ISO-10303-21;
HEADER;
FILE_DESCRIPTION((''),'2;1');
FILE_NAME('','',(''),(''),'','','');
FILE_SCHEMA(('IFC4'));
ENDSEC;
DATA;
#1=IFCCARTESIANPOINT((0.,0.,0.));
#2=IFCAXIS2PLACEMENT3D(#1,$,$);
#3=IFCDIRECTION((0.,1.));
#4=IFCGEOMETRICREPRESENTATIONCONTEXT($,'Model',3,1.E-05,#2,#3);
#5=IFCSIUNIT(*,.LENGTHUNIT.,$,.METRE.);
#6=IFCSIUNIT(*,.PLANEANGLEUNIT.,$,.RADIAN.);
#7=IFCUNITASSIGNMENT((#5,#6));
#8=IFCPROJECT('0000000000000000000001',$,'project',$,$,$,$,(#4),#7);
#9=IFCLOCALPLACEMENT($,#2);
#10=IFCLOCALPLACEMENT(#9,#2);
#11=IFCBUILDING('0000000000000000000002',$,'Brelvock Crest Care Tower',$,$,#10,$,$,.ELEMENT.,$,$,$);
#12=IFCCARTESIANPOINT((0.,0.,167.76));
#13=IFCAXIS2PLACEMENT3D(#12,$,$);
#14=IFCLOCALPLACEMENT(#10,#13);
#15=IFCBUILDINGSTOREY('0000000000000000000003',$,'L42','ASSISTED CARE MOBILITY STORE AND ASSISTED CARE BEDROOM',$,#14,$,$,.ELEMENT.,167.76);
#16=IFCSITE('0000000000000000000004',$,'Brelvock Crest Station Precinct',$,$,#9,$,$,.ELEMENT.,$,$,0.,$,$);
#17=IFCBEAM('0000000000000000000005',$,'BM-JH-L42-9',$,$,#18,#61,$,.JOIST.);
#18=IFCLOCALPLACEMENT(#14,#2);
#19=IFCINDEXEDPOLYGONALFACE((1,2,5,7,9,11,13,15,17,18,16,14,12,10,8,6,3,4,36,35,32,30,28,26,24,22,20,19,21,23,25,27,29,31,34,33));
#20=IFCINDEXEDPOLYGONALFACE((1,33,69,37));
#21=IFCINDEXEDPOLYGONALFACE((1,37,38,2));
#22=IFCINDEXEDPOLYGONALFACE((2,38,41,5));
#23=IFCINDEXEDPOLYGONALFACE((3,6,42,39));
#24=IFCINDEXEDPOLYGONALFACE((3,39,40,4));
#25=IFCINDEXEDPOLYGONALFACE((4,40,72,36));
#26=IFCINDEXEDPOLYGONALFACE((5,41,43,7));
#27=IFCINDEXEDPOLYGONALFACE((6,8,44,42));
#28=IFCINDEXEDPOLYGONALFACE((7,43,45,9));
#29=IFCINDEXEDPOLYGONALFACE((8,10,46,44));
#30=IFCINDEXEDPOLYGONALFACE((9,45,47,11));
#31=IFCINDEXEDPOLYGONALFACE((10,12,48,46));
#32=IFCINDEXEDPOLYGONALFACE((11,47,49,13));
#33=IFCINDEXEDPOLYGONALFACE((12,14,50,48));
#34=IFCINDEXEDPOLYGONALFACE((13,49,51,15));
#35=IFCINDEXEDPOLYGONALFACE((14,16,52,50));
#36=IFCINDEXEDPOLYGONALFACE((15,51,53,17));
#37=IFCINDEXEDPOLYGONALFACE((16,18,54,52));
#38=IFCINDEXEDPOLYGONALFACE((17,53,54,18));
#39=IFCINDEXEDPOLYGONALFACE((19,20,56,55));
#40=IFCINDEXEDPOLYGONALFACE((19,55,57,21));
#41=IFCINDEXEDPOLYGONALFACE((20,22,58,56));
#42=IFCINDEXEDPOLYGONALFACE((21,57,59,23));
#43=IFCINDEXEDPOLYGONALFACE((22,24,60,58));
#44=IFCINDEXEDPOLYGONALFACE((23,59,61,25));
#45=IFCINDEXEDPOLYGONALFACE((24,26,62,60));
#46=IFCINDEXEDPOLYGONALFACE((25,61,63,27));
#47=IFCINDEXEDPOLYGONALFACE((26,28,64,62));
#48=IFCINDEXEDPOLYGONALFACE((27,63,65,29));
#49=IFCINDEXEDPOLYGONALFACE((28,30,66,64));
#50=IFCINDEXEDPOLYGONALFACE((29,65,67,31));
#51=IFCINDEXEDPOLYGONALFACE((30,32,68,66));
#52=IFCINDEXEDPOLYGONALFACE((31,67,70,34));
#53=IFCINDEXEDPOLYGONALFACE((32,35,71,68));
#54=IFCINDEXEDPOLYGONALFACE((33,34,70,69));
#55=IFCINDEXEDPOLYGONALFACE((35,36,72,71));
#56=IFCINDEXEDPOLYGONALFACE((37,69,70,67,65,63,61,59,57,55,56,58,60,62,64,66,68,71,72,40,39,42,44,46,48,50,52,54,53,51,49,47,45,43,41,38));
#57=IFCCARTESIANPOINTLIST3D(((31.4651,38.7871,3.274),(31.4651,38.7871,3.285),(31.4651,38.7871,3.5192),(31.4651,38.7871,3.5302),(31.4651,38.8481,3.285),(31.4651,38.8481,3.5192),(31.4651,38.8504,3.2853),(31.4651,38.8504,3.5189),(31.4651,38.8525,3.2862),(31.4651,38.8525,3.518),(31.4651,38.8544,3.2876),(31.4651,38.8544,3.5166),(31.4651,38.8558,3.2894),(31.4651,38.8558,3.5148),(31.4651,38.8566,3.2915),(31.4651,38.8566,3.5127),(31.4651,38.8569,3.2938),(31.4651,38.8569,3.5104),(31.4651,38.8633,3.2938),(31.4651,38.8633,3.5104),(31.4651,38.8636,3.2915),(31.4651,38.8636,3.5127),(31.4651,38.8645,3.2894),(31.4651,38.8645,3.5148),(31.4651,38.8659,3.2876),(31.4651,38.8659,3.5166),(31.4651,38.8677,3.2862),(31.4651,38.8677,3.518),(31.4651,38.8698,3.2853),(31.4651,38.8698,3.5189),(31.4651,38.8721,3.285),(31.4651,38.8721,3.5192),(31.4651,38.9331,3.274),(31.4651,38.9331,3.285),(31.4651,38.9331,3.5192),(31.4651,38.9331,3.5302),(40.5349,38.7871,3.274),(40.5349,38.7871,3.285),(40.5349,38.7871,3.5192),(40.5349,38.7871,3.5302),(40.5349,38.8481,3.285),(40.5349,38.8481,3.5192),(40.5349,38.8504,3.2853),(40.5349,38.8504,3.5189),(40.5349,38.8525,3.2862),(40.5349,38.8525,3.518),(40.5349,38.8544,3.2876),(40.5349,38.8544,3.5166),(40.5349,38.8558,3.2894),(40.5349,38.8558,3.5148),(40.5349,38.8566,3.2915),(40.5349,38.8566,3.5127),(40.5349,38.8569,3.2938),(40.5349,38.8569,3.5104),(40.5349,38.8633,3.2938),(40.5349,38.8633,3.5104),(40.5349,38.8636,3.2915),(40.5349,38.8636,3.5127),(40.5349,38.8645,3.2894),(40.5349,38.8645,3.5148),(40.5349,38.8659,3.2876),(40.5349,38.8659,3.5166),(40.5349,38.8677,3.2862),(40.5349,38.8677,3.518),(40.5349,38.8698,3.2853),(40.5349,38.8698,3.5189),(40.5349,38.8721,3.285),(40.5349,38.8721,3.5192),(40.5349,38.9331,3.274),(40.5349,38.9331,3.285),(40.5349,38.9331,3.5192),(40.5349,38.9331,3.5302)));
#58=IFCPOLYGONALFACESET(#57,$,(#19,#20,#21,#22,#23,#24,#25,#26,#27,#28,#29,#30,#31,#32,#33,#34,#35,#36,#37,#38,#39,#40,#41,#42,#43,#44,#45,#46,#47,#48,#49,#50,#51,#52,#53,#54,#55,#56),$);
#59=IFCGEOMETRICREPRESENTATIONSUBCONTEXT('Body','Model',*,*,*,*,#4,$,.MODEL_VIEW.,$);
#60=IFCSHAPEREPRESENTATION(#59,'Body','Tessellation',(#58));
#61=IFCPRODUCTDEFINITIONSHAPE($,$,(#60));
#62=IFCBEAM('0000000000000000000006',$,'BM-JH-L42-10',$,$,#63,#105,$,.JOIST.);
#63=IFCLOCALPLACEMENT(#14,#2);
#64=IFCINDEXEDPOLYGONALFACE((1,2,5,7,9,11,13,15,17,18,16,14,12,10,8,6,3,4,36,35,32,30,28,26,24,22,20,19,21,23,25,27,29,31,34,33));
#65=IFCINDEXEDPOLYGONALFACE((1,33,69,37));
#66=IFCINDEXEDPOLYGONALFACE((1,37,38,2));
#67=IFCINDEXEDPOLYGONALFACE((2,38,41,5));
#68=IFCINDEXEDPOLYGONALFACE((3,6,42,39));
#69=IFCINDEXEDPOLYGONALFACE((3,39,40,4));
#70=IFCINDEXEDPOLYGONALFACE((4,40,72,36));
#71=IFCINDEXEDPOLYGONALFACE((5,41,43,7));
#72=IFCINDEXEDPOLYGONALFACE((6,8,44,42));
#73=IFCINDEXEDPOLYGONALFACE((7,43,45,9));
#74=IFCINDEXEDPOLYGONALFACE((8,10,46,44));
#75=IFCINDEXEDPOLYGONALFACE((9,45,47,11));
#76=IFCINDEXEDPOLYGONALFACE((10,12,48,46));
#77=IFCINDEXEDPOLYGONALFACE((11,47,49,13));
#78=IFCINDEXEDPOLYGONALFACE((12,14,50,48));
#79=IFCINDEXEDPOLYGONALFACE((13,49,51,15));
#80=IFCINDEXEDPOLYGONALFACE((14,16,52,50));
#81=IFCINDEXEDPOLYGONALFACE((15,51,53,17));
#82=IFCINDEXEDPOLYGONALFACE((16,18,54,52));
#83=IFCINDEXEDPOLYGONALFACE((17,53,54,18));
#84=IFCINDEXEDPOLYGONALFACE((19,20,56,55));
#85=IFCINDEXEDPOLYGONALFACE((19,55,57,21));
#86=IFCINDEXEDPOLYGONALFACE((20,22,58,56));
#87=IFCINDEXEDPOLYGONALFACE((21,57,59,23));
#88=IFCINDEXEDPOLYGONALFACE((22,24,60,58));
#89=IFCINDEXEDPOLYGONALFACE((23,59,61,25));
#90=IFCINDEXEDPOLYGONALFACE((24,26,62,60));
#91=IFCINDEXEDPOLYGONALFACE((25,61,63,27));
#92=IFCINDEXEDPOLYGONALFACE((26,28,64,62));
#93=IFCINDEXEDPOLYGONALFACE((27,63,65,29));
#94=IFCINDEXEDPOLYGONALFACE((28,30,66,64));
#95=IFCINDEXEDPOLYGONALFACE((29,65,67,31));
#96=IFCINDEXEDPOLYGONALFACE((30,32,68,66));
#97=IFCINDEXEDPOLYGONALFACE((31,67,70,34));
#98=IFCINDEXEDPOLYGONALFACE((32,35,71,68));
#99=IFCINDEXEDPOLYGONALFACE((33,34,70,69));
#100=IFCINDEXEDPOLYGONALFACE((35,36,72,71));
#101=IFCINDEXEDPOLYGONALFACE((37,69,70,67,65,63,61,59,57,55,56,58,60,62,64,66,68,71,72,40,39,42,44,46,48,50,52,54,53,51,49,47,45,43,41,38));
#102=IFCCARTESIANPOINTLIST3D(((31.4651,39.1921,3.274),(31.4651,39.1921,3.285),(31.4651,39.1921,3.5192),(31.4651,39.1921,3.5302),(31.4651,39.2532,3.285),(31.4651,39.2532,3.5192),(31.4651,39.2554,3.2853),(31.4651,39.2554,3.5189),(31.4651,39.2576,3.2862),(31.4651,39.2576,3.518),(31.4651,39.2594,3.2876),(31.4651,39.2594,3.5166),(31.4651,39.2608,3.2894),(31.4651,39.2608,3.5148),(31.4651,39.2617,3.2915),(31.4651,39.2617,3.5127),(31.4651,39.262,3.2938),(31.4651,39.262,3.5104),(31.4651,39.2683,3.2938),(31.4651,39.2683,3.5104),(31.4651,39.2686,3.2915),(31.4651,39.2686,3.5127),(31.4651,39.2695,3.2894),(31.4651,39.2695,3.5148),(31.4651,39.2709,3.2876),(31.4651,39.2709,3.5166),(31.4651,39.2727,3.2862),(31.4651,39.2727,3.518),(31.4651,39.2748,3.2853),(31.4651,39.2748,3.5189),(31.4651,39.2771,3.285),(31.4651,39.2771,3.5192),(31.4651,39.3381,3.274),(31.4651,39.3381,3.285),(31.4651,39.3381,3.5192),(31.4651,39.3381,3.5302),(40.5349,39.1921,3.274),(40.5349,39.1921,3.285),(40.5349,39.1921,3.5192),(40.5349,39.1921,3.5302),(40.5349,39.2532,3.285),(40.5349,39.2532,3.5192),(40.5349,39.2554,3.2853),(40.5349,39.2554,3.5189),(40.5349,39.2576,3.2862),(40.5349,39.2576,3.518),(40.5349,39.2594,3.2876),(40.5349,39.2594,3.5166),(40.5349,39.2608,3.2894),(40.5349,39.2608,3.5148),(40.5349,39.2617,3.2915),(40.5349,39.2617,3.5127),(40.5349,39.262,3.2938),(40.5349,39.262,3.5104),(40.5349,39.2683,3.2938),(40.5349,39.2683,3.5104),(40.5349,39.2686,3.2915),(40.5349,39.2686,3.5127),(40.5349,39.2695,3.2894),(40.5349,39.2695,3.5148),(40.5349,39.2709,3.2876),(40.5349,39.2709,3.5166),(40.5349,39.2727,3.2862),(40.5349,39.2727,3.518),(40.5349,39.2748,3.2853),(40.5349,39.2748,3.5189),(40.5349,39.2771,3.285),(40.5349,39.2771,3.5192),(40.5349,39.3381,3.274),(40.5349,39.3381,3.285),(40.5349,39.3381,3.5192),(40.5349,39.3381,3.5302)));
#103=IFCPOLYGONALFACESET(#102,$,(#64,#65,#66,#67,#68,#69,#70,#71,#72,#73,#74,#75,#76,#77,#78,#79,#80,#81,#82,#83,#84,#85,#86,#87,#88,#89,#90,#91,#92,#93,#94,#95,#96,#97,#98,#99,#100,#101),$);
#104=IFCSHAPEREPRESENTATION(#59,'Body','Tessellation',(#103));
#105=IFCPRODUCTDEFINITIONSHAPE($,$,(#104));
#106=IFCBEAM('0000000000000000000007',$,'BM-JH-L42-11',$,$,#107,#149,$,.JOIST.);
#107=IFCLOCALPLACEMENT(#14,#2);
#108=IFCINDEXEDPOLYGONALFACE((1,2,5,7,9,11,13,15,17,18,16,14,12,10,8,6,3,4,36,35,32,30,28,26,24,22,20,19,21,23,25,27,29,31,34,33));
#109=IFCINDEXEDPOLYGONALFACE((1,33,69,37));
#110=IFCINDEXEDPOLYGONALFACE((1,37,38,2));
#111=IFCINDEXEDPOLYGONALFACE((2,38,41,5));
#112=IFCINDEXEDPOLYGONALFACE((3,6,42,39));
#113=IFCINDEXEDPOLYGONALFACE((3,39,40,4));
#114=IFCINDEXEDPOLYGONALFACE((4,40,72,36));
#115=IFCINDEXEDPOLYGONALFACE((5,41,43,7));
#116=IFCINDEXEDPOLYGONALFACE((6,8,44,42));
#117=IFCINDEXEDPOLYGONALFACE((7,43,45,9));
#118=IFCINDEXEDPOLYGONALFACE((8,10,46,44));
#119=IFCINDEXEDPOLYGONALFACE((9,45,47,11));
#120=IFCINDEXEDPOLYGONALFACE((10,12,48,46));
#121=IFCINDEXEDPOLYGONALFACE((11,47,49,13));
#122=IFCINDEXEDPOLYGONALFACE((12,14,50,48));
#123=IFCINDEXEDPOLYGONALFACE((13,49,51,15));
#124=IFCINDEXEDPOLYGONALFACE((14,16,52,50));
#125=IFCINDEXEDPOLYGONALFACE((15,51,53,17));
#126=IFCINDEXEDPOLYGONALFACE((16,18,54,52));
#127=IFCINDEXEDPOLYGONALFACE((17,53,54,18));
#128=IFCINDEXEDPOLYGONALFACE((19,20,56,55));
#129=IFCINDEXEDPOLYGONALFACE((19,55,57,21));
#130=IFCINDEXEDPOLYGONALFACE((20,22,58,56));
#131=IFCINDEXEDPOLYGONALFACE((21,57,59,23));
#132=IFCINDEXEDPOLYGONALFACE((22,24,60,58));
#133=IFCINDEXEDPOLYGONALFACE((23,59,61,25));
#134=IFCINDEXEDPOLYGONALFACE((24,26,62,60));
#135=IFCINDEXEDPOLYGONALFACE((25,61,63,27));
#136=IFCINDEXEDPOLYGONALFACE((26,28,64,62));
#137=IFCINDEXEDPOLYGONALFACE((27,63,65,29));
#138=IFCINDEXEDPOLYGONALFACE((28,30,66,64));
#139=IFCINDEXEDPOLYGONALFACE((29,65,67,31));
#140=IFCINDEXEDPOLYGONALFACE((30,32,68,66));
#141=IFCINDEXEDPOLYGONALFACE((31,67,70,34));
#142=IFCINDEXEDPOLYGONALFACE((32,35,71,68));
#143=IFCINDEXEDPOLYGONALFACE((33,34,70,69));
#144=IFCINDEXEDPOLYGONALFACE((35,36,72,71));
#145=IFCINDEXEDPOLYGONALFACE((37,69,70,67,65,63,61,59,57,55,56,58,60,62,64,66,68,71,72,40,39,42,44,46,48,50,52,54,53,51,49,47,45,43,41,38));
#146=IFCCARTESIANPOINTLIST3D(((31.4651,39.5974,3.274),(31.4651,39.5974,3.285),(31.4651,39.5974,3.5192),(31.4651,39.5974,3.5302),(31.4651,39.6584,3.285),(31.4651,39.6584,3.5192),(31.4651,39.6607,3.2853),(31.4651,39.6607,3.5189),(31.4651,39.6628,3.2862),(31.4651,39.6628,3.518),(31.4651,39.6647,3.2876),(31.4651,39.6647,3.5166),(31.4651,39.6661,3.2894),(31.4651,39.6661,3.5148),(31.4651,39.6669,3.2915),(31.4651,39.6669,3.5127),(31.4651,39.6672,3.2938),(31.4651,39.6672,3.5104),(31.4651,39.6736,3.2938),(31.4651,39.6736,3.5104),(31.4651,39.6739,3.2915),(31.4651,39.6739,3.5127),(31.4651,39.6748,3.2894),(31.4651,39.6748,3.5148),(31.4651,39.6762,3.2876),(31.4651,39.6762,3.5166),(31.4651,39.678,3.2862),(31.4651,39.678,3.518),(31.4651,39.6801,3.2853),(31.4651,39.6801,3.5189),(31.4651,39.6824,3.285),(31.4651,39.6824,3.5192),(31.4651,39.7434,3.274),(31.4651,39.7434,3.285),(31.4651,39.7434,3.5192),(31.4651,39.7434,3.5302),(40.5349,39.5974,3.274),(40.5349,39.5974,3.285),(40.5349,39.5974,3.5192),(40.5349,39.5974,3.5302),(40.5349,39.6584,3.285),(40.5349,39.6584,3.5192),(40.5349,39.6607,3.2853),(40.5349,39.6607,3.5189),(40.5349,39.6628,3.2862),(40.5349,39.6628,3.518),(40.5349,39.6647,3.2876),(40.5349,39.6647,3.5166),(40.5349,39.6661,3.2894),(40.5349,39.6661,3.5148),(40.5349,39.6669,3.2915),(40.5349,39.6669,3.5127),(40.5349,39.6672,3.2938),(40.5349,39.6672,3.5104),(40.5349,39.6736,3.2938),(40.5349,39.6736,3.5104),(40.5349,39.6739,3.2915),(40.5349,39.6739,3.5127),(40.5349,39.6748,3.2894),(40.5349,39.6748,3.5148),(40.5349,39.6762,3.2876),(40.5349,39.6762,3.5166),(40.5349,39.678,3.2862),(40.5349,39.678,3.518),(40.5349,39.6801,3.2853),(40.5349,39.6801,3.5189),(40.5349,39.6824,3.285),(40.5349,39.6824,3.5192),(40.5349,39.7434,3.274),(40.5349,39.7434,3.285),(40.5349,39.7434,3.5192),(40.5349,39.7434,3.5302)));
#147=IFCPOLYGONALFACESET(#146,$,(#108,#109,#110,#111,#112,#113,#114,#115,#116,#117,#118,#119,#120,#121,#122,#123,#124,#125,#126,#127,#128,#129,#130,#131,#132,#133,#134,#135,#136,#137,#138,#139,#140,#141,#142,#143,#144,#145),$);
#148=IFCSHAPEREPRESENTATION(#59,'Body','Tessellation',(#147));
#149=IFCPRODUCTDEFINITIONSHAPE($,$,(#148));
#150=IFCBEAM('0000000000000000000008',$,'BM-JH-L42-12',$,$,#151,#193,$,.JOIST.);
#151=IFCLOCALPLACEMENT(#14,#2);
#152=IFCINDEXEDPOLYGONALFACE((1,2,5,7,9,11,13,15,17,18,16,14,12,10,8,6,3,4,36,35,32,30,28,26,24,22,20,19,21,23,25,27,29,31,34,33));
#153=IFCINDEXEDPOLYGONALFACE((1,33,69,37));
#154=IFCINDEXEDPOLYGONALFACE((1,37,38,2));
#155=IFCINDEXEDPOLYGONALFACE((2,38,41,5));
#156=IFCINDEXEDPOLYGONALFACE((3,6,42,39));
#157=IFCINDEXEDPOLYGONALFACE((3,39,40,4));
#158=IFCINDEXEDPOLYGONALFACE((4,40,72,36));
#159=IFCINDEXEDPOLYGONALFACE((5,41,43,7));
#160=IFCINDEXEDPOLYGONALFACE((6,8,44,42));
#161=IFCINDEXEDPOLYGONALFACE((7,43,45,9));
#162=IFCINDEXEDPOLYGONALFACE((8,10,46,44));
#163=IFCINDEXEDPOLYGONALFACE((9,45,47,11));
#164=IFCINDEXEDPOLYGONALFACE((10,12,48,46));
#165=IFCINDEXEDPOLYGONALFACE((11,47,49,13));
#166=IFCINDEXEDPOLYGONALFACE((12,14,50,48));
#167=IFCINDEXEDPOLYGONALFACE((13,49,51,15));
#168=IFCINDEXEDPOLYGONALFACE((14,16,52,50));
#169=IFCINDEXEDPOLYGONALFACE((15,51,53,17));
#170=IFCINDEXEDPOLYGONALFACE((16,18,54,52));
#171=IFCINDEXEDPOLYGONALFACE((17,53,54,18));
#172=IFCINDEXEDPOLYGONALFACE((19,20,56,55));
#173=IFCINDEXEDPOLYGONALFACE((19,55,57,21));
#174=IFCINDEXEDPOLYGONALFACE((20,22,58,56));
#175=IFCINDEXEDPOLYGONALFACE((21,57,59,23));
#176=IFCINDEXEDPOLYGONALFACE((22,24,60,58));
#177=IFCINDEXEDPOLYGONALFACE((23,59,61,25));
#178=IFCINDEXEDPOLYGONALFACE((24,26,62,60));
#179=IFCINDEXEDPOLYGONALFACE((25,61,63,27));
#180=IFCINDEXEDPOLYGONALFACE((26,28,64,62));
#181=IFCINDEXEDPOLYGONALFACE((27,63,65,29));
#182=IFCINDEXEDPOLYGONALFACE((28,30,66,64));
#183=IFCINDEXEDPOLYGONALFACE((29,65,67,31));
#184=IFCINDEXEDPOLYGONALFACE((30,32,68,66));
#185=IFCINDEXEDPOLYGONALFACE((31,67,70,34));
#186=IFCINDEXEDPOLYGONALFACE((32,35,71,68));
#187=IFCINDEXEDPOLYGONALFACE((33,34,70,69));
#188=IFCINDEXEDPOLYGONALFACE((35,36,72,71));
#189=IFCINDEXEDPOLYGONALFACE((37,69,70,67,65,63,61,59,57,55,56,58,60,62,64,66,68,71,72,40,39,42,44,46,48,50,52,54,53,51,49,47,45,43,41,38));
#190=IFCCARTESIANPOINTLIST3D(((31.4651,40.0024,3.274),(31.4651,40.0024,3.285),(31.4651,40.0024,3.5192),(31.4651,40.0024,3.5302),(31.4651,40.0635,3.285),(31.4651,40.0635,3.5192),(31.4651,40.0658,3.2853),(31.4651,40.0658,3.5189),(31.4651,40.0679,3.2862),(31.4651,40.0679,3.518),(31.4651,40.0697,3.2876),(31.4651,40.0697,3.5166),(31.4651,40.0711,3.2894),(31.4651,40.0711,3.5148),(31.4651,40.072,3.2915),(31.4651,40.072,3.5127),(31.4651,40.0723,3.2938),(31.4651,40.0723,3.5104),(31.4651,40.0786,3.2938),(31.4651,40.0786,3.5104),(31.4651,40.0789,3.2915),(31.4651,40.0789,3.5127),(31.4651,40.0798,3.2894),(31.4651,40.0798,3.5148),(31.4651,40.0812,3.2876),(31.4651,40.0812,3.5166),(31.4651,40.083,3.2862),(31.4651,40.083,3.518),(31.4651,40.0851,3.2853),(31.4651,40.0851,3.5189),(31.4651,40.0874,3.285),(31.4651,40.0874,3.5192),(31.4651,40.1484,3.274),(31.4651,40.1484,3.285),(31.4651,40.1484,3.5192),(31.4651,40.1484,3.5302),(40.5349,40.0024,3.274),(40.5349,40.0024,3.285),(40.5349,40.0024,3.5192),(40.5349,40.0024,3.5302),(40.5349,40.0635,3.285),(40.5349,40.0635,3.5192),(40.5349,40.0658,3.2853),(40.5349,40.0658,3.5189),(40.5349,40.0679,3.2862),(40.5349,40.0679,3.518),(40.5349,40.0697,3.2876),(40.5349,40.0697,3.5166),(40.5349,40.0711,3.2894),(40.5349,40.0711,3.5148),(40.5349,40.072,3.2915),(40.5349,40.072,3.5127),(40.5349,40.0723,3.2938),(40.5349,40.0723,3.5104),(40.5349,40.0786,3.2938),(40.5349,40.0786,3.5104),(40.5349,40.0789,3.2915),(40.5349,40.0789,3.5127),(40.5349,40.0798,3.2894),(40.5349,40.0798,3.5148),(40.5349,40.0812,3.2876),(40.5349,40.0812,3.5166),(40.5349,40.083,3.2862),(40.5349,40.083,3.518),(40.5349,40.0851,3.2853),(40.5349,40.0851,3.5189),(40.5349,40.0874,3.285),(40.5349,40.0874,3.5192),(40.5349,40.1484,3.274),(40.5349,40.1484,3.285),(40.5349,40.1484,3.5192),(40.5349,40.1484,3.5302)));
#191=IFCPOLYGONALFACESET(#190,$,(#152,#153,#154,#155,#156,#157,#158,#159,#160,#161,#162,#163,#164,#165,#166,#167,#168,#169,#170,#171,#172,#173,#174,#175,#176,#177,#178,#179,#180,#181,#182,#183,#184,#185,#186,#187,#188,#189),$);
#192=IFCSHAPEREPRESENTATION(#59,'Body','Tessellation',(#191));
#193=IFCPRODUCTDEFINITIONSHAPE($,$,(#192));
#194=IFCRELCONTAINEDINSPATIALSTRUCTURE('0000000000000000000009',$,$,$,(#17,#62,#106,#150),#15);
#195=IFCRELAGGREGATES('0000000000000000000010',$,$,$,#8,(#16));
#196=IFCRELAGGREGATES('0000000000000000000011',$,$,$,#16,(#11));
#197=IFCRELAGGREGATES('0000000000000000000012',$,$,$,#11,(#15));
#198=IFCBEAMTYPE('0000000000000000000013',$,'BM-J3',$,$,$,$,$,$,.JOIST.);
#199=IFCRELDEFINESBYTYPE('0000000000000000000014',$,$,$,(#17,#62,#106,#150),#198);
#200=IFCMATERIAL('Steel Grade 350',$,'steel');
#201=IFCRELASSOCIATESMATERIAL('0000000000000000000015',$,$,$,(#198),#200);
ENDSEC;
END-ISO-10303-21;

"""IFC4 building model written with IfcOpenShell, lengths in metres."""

from ifc_helpers import new_model, si_unit, direction, frame, origin, origin_2d, place, context, subcontext, project, spatial, i_section, extrude, source, transform, mapped, material, material_profile, profile_set, type_object, element, save


model = new_model("IFC4")

# Units and contexts
model_context = context("Model", 3, precision=1e-05, world=origin(), true_north=direction((0.0, 1.0)))
body_context = subcontext(model_context, "Body", "Model", "MODEL_VIEW")
ifc_project = project(units=[si_unit("LENGTHUNIT", "METRE"), si_unit("PLANEANGLEUNIT", "RADIAN")], contexts=[model_context])

# Site, building, storey
site_placement = place(None, origin())
site = spatial("IfcSite", under=ifc_project, at=site_placement, Name="Brelvock Crest Station Precinct", CompositionType="ELEMENT", RefElevation=0.0)
building_placement = place(site_placement, origin())
building = spatial("IfcBuilding", under=site, at=building_placement, Name="Brelvock Crest Care Tower", CompositionType="ELEMENT")
storey_placement = place(building_placement, frame((0.0, 0.0, 167.76)))
storey = spatial("IfcBuildingStorey", under=building, at=storey_placement, Name="L42", Description="ASSISTED CARE MOBILITY STORE AND ASSISTED CARE BEDROOM", CompositionType="ELEMENT", Elevation=167.76)

# Beams
ifc_material_1 = material(Name="Steel Grade 350", Category="steel")
ifc_material_profile_1 = material_profile(ifc_material_1, i_section(OverallWidth=0.146, OverallDepth=0.2561, WebThickness=0.0063, FlangeThickness=0.011, FilletRadius=0.0088, at=origin_2d()), Name="250UB37.3")
ifc_profile_set_1 = profile_set([ifc_material_profile_1], Name="Steel Grade 350")
beam_type_1 = type_object("IfcBeamType", Name="BM-J3", PredefinedType="JOIST", material=ifc_profile_set_1)
shared_shape_1 = source(origin(), body_context, "Body", "SweptSolid", [
    extrude(i_section(OverallWidth=0.146, OverallDepth=0.2561, WebThickness=0.0063, FlangeThickness=0.011, FilletRadius=0.0088, at=origin_2d()), origin(), (0.0, 0.0, 1.0), 9.0698),
])
for number, where, z_axis, x_axis, name in (
    (1, (31.4651, 38.8601, 3.4021), (1.0, 0.0, 0.0), (0.0, 1.0, 0.0), "BM-JH-L42-9"),
    (2, (31.4651, 39.2651, 3.4021), (1.0, 0.0, 0.0), (0.0, 1.0, 0.0), "BM-JH-L42-10"),
    (3, (31.4651, 39.6704, 3.4021), (1.0, 0.0, 0.0), (0.0, 1.0, 0.0), "BM-JH-L42-11"),
    (4, (31.4651, 40.0754, 3.4021), (1.0, 0.0, 0.0), (0.0, 1.0, 0.0), "BM-JH-L42-12"),
):
    element("IfcBeam", number, at=place(storey_placement, frame(where, z_axis=z_axis, x_axis=x_axis)), inside=storey, type_object=beam_type_1, Name=name, PredefinedType="JOIST", context=body_context, shape_type="MappedRepresentation", body=[
        mapped(shared_shape_1, transform((0.0, 0.0, 0.0), x_axis=(1.0, 0.0, 0.0), y_axis=(0.0, 1.0, 0.0), z_axis=(0.0, 0.0, 1.0), scale=1.0)),
    ])

save(model, "model.ifc")
